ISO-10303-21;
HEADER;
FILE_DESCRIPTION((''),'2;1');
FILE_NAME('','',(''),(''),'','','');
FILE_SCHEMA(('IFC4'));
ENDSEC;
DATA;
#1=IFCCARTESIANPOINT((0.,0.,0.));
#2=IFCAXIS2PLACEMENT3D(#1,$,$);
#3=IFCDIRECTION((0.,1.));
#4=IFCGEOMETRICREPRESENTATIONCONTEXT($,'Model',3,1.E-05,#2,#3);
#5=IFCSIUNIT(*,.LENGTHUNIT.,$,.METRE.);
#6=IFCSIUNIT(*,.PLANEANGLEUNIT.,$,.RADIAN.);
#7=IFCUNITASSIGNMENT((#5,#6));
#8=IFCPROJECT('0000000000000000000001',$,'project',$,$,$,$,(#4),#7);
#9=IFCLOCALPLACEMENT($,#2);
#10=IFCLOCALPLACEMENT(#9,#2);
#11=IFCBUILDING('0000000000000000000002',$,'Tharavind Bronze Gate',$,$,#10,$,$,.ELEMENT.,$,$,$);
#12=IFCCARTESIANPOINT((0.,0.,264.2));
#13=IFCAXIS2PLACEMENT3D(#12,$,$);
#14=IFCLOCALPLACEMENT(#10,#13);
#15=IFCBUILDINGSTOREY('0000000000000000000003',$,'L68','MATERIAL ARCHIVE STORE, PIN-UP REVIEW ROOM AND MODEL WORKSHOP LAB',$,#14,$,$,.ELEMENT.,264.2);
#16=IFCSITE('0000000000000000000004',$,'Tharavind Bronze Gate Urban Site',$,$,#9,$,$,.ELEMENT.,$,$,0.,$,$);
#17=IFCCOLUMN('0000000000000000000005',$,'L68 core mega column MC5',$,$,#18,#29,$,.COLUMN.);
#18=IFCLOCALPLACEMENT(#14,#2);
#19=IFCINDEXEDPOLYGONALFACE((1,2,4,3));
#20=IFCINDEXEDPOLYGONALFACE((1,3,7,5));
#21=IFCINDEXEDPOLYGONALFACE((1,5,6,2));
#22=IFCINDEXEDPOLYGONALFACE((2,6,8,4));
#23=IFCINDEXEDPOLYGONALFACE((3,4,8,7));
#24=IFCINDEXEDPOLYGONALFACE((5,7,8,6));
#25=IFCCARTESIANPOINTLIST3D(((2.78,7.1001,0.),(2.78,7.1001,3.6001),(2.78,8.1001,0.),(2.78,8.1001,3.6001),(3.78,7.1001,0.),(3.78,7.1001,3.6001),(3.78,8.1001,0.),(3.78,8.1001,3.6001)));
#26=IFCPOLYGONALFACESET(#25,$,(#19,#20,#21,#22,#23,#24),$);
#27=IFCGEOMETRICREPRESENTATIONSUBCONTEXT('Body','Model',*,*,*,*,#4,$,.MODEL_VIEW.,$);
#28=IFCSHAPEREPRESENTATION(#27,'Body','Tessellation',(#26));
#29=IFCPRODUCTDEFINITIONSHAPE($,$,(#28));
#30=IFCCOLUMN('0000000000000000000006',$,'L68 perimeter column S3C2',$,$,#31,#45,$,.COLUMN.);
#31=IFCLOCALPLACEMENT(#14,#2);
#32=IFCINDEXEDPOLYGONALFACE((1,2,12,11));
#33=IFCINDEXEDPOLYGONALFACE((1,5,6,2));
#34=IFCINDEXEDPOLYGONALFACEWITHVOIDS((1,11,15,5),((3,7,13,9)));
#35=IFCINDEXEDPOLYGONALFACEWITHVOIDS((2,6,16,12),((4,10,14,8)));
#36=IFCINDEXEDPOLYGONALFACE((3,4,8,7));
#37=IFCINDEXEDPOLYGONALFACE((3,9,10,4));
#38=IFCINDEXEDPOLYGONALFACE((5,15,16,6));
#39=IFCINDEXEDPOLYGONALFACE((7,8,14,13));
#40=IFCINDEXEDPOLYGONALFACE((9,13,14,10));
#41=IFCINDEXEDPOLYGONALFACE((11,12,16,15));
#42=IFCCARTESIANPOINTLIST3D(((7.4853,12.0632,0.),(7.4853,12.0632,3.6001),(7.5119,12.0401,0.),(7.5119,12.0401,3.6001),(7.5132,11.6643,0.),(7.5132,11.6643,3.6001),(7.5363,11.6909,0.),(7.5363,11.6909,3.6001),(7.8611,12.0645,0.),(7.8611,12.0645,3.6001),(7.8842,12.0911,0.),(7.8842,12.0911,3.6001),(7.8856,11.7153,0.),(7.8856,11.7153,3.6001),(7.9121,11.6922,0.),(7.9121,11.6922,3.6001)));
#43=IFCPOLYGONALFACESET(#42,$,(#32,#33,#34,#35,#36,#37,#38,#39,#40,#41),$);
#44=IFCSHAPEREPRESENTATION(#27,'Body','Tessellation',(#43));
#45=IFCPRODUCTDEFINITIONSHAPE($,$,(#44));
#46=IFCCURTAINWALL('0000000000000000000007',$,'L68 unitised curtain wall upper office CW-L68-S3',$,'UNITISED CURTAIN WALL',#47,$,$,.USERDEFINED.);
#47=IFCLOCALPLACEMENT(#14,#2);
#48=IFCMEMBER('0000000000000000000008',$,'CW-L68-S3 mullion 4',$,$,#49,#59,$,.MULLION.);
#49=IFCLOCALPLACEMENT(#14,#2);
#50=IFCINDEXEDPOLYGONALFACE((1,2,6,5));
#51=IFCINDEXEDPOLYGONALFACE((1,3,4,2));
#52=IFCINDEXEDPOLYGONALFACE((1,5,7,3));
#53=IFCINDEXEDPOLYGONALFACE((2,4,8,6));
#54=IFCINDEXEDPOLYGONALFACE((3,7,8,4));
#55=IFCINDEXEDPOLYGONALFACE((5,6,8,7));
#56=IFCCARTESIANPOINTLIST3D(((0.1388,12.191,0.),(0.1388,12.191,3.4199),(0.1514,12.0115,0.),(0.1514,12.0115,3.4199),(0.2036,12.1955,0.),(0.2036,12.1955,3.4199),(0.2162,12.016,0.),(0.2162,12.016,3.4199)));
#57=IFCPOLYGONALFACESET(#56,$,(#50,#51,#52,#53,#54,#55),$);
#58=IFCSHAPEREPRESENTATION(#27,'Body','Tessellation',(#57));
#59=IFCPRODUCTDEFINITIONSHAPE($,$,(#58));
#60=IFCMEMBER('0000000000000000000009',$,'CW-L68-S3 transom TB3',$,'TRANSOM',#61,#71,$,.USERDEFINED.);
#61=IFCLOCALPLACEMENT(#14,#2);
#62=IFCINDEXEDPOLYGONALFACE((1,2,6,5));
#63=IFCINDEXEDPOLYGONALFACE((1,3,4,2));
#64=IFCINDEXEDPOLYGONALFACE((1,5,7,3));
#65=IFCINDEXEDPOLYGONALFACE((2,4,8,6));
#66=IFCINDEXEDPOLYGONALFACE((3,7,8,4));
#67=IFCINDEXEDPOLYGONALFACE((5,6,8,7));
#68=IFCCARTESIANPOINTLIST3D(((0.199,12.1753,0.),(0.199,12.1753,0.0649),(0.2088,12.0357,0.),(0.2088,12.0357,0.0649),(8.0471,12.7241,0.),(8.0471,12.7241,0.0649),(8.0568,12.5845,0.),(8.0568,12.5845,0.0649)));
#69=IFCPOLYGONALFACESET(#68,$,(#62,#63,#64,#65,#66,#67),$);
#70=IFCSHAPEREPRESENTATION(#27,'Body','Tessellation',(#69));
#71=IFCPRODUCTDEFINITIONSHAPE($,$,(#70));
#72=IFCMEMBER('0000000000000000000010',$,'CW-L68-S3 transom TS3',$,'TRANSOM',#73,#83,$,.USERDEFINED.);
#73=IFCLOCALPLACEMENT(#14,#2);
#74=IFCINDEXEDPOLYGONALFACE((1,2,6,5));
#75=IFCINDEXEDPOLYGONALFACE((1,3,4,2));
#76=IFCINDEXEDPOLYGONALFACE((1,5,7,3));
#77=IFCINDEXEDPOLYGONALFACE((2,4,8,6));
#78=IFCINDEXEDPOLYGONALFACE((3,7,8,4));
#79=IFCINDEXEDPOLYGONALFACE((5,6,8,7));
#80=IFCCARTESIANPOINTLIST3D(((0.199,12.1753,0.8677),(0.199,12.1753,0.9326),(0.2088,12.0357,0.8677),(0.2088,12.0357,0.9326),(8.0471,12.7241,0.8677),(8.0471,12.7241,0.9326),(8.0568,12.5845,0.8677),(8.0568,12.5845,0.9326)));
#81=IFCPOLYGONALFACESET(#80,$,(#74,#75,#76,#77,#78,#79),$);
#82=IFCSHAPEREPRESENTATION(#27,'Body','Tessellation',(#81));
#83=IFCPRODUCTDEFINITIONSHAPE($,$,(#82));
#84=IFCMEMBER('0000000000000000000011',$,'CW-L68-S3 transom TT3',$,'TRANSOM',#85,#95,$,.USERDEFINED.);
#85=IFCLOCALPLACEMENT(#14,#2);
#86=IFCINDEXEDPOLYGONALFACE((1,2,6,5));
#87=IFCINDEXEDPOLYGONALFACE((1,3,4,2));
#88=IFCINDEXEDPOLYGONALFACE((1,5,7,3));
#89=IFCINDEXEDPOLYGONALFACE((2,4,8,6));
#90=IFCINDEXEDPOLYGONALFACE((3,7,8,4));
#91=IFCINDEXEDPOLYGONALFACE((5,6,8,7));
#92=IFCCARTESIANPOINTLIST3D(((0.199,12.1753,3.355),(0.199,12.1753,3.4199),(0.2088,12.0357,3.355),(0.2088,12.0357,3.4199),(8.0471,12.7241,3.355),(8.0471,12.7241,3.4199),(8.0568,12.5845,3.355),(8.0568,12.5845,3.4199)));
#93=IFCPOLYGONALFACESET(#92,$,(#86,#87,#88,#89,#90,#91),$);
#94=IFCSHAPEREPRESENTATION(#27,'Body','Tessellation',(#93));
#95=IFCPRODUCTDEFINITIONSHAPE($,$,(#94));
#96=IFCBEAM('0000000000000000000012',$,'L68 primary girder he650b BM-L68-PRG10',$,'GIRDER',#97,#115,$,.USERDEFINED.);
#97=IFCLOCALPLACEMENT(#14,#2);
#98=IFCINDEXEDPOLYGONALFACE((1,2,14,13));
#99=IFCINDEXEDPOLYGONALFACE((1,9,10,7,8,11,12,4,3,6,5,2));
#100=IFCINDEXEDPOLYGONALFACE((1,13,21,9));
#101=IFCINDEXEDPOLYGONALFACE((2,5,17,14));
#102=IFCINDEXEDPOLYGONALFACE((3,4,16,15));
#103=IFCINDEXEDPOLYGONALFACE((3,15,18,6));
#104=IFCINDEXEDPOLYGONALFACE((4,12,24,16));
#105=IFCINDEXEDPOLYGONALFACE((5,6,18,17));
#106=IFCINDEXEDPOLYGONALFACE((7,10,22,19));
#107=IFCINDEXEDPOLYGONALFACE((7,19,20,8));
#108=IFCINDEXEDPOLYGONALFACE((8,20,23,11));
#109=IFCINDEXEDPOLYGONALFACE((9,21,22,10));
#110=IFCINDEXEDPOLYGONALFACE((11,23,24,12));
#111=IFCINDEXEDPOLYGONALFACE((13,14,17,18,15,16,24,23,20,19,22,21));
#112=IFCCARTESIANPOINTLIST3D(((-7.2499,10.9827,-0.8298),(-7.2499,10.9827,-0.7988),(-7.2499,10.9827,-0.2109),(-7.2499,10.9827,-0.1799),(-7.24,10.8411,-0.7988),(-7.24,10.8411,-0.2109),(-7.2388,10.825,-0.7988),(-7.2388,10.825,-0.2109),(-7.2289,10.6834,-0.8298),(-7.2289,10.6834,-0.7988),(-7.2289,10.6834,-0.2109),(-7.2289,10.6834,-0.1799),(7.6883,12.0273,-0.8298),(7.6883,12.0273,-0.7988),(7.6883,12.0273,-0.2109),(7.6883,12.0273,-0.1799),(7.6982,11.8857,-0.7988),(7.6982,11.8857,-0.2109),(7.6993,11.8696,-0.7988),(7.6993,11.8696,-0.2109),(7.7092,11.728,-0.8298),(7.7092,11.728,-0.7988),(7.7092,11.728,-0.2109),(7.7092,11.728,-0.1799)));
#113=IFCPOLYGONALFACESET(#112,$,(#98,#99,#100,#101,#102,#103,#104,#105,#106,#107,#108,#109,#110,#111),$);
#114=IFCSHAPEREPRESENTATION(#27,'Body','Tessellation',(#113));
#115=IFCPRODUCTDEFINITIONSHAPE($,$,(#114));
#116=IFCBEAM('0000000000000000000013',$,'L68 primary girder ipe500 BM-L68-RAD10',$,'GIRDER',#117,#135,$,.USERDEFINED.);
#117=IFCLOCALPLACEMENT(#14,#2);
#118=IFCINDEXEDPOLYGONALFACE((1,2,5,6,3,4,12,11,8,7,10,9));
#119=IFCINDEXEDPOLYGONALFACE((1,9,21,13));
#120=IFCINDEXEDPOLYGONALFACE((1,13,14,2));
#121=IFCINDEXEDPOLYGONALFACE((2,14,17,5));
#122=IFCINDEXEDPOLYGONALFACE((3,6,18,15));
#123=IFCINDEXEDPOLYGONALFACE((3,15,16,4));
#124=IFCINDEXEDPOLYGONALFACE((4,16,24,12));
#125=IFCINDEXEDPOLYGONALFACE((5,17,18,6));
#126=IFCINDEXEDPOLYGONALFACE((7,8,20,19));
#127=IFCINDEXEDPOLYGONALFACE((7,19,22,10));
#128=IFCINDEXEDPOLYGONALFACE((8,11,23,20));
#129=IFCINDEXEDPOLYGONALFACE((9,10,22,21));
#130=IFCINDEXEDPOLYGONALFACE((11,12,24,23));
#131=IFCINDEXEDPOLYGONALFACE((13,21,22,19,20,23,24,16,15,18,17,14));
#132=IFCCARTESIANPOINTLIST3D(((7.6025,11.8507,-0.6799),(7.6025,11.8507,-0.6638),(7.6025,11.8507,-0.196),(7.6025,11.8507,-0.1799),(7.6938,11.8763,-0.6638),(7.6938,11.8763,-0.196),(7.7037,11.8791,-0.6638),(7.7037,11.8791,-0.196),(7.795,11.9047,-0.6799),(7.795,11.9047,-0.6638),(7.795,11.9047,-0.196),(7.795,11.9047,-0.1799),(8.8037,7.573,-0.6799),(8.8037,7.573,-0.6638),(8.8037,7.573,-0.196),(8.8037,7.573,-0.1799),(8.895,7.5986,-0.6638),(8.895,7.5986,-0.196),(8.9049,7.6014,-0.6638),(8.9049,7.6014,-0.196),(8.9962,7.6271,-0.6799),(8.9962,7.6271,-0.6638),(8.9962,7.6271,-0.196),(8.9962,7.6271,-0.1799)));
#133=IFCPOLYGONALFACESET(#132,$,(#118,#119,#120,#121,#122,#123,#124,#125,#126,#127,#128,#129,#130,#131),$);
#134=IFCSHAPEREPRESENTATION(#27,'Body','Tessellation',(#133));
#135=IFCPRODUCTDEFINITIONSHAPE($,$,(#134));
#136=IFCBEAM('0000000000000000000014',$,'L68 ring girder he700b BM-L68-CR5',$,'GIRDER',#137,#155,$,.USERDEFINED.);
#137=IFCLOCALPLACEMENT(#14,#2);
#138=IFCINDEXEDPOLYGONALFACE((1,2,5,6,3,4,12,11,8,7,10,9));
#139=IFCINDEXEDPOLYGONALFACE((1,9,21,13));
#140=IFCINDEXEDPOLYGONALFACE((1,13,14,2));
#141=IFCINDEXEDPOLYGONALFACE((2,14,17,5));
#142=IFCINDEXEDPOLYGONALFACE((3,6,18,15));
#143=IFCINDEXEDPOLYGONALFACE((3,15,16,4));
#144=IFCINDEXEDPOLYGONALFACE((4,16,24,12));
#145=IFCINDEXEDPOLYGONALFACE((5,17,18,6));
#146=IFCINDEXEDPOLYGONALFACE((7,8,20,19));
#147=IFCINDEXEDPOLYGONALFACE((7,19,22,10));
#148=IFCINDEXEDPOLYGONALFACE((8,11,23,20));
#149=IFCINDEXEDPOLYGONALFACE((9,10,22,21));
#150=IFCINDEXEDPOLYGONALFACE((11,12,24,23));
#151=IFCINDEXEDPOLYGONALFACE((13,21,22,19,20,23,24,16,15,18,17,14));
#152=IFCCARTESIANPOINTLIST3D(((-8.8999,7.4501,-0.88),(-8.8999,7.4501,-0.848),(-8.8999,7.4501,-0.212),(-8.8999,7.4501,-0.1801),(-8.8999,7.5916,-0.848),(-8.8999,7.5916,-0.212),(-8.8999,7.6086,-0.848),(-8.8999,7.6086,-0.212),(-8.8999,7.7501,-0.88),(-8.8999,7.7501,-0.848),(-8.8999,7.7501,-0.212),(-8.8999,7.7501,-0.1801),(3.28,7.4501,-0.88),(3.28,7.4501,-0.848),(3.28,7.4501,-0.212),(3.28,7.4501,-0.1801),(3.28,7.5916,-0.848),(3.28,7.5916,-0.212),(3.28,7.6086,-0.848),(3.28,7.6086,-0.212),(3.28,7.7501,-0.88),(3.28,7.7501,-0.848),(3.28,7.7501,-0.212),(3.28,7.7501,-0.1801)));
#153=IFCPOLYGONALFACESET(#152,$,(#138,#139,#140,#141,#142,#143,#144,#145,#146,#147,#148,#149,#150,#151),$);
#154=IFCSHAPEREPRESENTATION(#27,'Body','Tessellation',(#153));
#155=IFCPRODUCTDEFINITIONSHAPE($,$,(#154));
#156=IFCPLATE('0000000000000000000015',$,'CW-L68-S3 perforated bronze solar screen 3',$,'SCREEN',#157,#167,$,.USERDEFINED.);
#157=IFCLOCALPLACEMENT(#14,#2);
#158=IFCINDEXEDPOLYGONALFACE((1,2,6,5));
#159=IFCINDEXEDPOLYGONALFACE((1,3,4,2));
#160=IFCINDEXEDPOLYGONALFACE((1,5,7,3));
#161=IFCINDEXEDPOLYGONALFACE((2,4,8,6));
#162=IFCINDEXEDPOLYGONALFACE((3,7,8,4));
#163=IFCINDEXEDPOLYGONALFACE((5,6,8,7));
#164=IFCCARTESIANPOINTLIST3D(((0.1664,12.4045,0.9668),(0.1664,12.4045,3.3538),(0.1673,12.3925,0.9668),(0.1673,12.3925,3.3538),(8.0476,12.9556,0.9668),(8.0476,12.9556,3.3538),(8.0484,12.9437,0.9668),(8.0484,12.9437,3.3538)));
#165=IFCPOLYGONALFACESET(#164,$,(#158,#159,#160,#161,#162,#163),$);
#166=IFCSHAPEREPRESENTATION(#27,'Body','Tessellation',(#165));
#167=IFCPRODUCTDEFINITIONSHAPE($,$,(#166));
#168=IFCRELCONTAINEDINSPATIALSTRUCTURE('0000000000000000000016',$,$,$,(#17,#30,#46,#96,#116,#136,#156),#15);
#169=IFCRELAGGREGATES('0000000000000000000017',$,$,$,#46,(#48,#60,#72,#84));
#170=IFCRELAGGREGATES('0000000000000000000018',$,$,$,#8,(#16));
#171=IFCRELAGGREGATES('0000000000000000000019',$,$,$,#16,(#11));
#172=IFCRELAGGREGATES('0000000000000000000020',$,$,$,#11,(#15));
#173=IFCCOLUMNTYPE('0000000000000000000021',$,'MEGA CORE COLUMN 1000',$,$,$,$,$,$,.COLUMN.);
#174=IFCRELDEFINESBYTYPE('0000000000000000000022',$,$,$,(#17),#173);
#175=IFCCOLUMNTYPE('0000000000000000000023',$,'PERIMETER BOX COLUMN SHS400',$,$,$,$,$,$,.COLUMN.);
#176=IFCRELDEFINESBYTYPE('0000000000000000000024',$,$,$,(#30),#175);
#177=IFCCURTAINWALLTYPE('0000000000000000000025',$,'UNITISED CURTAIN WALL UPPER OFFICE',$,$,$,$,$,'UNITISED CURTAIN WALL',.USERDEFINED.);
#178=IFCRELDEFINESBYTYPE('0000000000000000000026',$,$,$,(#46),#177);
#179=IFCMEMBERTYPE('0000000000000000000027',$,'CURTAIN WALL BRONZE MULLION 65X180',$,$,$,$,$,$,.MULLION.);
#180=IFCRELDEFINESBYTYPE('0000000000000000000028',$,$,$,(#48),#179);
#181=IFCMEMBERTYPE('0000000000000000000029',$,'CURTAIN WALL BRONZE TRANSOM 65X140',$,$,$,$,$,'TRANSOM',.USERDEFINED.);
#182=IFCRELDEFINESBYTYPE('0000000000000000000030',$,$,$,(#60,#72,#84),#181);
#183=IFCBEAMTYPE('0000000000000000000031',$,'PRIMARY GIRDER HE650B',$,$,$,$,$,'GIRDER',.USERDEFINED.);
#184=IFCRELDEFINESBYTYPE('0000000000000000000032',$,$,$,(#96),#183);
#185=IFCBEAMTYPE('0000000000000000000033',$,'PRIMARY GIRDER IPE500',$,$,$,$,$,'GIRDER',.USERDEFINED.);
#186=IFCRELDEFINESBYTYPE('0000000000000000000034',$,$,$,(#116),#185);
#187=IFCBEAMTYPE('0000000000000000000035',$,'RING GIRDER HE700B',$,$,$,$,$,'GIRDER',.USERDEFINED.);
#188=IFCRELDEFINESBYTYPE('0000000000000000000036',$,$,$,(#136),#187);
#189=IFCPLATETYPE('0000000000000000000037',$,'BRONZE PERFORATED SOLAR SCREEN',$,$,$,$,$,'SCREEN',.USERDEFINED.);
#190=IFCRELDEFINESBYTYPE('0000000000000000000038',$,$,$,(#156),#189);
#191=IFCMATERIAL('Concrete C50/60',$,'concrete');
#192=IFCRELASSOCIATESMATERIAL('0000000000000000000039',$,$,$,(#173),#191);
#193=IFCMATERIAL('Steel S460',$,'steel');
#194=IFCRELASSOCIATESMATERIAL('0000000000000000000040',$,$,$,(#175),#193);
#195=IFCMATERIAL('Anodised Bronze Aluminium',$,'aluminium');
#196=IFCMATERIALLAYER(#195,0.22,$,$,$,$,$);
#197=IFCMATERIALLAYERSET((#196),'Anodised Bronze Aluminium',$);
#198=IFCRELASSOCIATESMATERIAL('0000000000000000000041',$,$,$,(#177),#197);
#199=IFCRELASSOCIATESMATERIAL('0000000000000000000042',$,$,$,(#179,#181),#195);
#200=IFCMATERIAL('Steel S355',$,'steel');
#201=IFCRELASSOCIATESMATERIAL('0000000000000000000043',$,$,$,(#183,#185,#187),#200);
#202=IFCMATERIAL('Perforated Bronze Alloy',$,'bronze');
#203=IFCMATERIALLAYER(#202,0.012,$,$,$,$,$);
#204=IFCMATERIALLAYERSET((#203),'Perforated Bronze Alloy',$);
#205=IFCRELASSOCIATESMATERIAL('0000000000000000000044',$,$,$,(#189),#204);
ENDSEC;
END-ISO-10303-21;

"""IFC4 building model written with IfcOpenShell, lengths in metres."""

from ifc_helpers import new_model, si_unit, direction, frame, origin, origin_2d, place, context, subcontext, project, spatial, rectangle, hollow_rectangle, i_section, extrude, material, layer, layer_set, material_profile, profile_set, type_object, element, aggregate, save


model = new_model("IFC4")

# Units and contexts
model_context = context("Model", 3, precision=1e-05, world=origin(), true_north=direction((0.0, 1.0)))
body_context = subcontext(model_context, "Body", "Model", "MODEL_VIEW")
ifc_project = project(units=[si_unit("LENGTHUNIT", "METRE"), si_unit("PLANEANGLEUNIT", "RADIAN")], contexts=[model_context])

# Site, building, storey
site_placement = place(None, origin())
site = spatial("IfcSite", under=ifc_project, at=site_placement, Name="Tharavind Bronze Gate Urban Site", CompositionType="ELEMENT", RefElevation=0.0)
building_placement = place(site_placement, origin())
building = spatial("IfcBuilding", under=site, at=building_placement, Name="Tharavind Bronze Gate", CompositionType="ELEMENT")
storey_placement = place(building_placement, frame((0.0, 0.0, 264.2)))
storey = spatial("IfcBuildingStorey", under=building, at=storey_placement, Name="L68", Description="MATERIAL ARCHIVE STORE, PIN-UP REVIEW ROOM AND MODEL WORKSHOP LAB", CompositionType="ELEMENT", Elevation=264.2)

# Columns
ifc_material_1 = material(Name="Concrete C50/60", Category="concrete")
ifc_material_profile_1 = material_profile(ifc_material_1, rectangle(XDim=1.0, YDim=1.0, at=origin_2d()), Name="RCCOL1000")
ifc_profile_set_1 = profile_set([ifc_material_profile_1], Name="Concrete C50/60")
column_type_1 = type_object("IfcColumnType", Name="MEGA CORE COLUMN 1000", PredefinedType="COLUMN", material=ifc_profile_set_1)
column_1_placement = place(storey_placement, frame((3.28, 7.6001, 0.0), z_axis=(0.0, 0.0, 1.0), x_axis=(1.0, 0.0, 0.0)))
element("IfcColumn", 1, at=column_1_placement, inside=storey, type_object=column_type_1, Name="L68 core mega column MC5", PredefinedType="COLUMN", context=body_context, shape_type="SweptSolid", body=[
    extrude(rectangle(XDim=1.0, YDim=1.0, at=origin_2d()), origin(), (0.0, 0.0, 1.0), 3.6001),
])
ifc_material_2 = material(Name="Steel S460", Category="steel")
ifc_material_profile_2 = material_profile(ifc_material_2, hollow_rectangle(XDim=0.3999, YDim=0.3999, WallThickness=0.0249, at=origin_2d()), Name="SHS400X25")
ifc_profile_set_2 = profile_set([ifc_material_profile_2], Name="Steel S460")
column_type_2 = type_object("IfcColumnType", Name="PERIMETER BOX COLUMN SHS400", PredefinedType="COLUMN", material=ifc_profile_set_2)
column_2_placement = place(storey_placement, frame((7.6987, 11.8777, 0.0), z_axis=(0.0, 0.0, 1.0), x_axis=(0.997564, 0.069758, 0.0)))
element("IfcColumn", 2, at=column_2_placement, inside=storey, type_object=column_type_2, Name="L68 perimeter column S3C2", PredefinedType="COLUMN", context=body_context, shape_type="SweptSolid", body=[
    extrude(hollow_rectangle(XDim=0.3999, YDim=0.3999, WallThickness=0.0249, at=origin_2d()), origin(), (0.0, 0.0, 1.0), 3.6001),
])

# Curtain wall, members
ifc_material_3 = material(Name="Anodised Bronze Aluminium", Category="aluminium")
ifc_layer_1 = layer(ifc_material_3, 0.22)
ifc_layer_set_1 = layer_set([ifc_layer_1], Name="Anodised Bronze Aluminium")
curtain_wall_type = type_object("IfcCurtainWallType", Name="UNITISED CURTAIN WALL UPPER OFFICE", ElementType="UNITISED CURTAIN WALL", PredefinedType="USERDEFINED", material=ifc_layer_set_1)
curtain_wall_placement = place(storey_placement, origin())
curtain_wall = element("IfcCurtainWall", 3, at=curtain_wall_placement, inside=storey, type_object=curtain_wall_type, Name="L68 unitised curtain wall upper office CW-L68-S3", ObjectType="UNITISED CURTAIN WALL", PredefinedType="USERDEFINED")
member_type_1 = type_object("IfcMemberType", Name="CURTAIN WALL BRONZE MULLION 65X180", PredefinedType="MULLION", material=ifc_material_3)
member_1_placement = place(storey_placement, frame((0.1775, 12.1035, 0.0), z_axis=(0.0, 0.0, 1.0), x_axis=(-0.997564, -0.06976, 0.0)))
member_1 = element("IfcMember", 4, at=member_1_placement, type_object=member_type_1, Name="CW-L68-S3 mullion 4", PredefinedType="MULLION", context=body_context, shape_type="SweptSolid", body=[
    extrude(rectangle(XDim=0.0649, YDim=0.1799, at=origin_2d()), origin(), (0.0, 0.0, 1.0), 3.4199),
])
member_type_2 = type_object("IfcMemberType", Name="CURTAIN WALL BRONZE TRANSOM 65X140", ElementType="TRANSOM", PredefinedType="USERDEFINED", material=ifc_material_3)
member_2_placement = place(storey_placement, frame((4.1279, 12.3799, 0.0), z_axis=(0.0, 0.0, 1.0), x_axis=(-0.997564, -0.06976, 0.0)))
member_2 = element("IfcMember", 5, at=member_2_placement, type_object=member_type_2, Name="CW-L68-S3 transom TB3", ObjectType="TRANSOM", PredefinedType="USERDEFINED", context=body_context, shape_type="SweptSolid", body=[
    extrude(rectangle(XDim=7.8672, YDim=0.1399, at=origin_2d()), origin(), (0.0, 0.0, 1.0), 0.0649),
])
member_3_placement = place(storey_placement, frame((4.1279, 12.3799, 0.8677), z_axis=(0.0, 0.0, 1.0), x_axis=(-0.997564, -0.06976, 0.0)))
member_3 = element("IfcMember", 6, at=member_3_placement, type_object=member_type_2, Name="CW-L68-S3 transom TS3", ObjectType="TRANSOM", PredefinedType="USERDEFINED", context=body_context, shape_type="SweptSolid", body=[
    extrude(rectangle(XDim=7.8672, YDim=0.1399, at=origin_2d()), origin(), (0.0, 0.0, 1.0), 0.0649),
])
member_4_placement = place(storey_placement, frame((4.1279, 12.3799, 3.355), z_axis=(0.0, 0.0, 1.0), x_axis=(-0.997564, -0.06976, 0.0)))
member_4 = element("IfcMember", 7, at=member_4_placement, type_object=member_type_2, Name="CW-L68-S3 transom TT3", ObjectType="TRANSOM", PredefinedType="USERDEFINED", context=body_context, shape_type="SweptSolid", body=[
    extrude(rectangle(XDim=7.8672, YDim=0.1399, at=origin_2d()), origin(), (0.0, 0.0, 1.0), 0.0649),
])

# Beams
ifc_material_4 = material(Name="Steel S355", Category="steel")
ifc_material_profile_3 = material_profile(ifc_material_4, i_section(OverallWidth=0.3, OverallDepth=0.6499, WebThickness=0.0161, FlangeThickness=0.031, at=origin_2d()), Name="HE650B")
ifc_profile_set_3 = profile_set([ifc_material_profile_3], Name="Steel S355")
beam_type_1 = type_object("IfcBeamType", Name="PRIMARY GIRDER HE650B", ElementType="GIRDER", PredefinedType="USERDEFINED", material=ifc_profile_set_3)
beam_1_placement = place(storey_placement, frame((7.6987, 11.8777, -0.5049), z_axis=(-0.997564, -0.069763, 0.0), x_axis=(0.069763, -0.997564, 0.0)))
element("IfcBeam", 8, at=beam_1_placement, inside=storey, type_object=beam_type_1, Name="L68 primary girder he650b BM-L68-PRG10", ObjectType="GIRDER", PredefinedType="USERDEFINED", context=body_context, shape_type="SweptSolid", body=[
    extrude(i_section(OverallWidth=0.3, OverallDepth=0.6499, WebThickness=0.0161, FlangeThickness=0.031, at=origin_2d()), origin(), (0.0, 0.0, 1.0), 14.9746),
])
ifc_material_profile_4 = material_profile(ifc_material_4, i_section(OverallWidth=0.2, OverallDepth=0.5, WebThickness=0.0103, FlangeThickness=0.0161, at=origin_2d()), Name="IPE500")
ifc_profile_set_4 = profile_set([ifc_material_profile_4], Name="Steel S355")
beam_type_2 = type_object("IfcBeamType", Name="PRIMARY GIRDER IPE500", ElementType="GIRDER", PredefinedType="USERDEFINED", material=ifc_profile_set_4)
beam_2_placement = place(storey_placement, frame((7.6987, 11.8777, -0.4299), z_axis=(0.270349, -0.962762, 0.0), x_axis=(0.962762, 0.270349, 0.0)))
element("IfcBeam", 9, at=beam_2_placement, inside=storey, type_object=beam_type_2, Name="L68 primary girder ipe500 BM-L68-RAD10", ObjectType="GIRDER", PredefinedType="USERDEFINED", context=body_context, shape_type="SweptSolid", body=[
    extrude(i_section(OverallWidth=0.2, OverallDepth=0.5, WebThickness=0.0103, FlangeThickness=0.0161, at=origin_2d()), origin(), (0.0, 0.0, 1.0), 4.4431),
])
ifc_material_profile_5 = material_profile(ifc_material_4, i_section(OverallWidth=0.3, OverallDepth=0.7, WebThickness=0.0171, FlangeThickness=0.032, at=origin_2d()), Name="HE700B")
ifc_profile_set_5 = profile_set([ifc_material_profile_5], Name="Steel S355")
beam_type_3 = type_object("IfcBeamType", Name="RING GIRDER HE700B", ElementType="GIRDER", PredefinedType="USERDEFINED", material=ifc_profile_set_5)
beam_3_placement = place(storey_placement, frame((3.28, 7.6001, -0.53), z_axis=(-1.0, 0.0, 0.0), x_axis=(0.0, -1.0, 0.0)))
element("IfcBeam", 10, at=beam_3_placement, inside=storey, type_object=beam_type_3, Name="L68 ring girder he700b BM-L68-CR5", ObjectType="GIRDER", PredefinedType="USERDEFINED", context=body_context, shape_type="SweptSolid", body=[
    extrude(i_section(OverallWidth=0.3, OverallDepth=0.7, WebThickness=0.0171, FlangeThickness=0.032, at=origin_2d()), origin(), (0.0, 0.0, 1.0), 12.1799),
])

# Plate
ifc_material_5 = material(Name="Perforated Bronze Alloy", Category="bronze")
ifc_layer_2 = layer(ifc_material_5, 0.012)
ifc_layer_set_2 = layer_set([ifc_layer_2], Name="Perforated Bronze Alloy")
plate_type_1 = type_object("IfcPlateType", Name="BRONZE PERFORATED SOLAR SCREEN", ElementType="SCREEN", PredefinedType="USERDEFINED", material=ifc_layer_set_2)
plate_1_placement = place(storey_placement, frame((4.1074, 12.6741, 0.9668), z_axis=(0.0, 0.0, 1.0), x_axis=(-0.997564, -0.06976, 0.0)))
element("IfcPlate", 11, at=plate_1_placement, inside=storey, type_object=plate_type_1, Name="CW-L68-S3 perforated bronze solar screen 3", ObjectType="SCREEN", PredefinedType="USERDEFINED", context=body_context, shape_type="SweptSolid", body=[
    extrude(rectangle(XDim=7.9004, YDim=0.012, at=origin_2d()), origin(), (0.0, 0.0, 1.0), 2.387),
])
aggregate(curtain_wall, [member_1, member_2, member_3, member_4])

save(model, "model.ifc")
